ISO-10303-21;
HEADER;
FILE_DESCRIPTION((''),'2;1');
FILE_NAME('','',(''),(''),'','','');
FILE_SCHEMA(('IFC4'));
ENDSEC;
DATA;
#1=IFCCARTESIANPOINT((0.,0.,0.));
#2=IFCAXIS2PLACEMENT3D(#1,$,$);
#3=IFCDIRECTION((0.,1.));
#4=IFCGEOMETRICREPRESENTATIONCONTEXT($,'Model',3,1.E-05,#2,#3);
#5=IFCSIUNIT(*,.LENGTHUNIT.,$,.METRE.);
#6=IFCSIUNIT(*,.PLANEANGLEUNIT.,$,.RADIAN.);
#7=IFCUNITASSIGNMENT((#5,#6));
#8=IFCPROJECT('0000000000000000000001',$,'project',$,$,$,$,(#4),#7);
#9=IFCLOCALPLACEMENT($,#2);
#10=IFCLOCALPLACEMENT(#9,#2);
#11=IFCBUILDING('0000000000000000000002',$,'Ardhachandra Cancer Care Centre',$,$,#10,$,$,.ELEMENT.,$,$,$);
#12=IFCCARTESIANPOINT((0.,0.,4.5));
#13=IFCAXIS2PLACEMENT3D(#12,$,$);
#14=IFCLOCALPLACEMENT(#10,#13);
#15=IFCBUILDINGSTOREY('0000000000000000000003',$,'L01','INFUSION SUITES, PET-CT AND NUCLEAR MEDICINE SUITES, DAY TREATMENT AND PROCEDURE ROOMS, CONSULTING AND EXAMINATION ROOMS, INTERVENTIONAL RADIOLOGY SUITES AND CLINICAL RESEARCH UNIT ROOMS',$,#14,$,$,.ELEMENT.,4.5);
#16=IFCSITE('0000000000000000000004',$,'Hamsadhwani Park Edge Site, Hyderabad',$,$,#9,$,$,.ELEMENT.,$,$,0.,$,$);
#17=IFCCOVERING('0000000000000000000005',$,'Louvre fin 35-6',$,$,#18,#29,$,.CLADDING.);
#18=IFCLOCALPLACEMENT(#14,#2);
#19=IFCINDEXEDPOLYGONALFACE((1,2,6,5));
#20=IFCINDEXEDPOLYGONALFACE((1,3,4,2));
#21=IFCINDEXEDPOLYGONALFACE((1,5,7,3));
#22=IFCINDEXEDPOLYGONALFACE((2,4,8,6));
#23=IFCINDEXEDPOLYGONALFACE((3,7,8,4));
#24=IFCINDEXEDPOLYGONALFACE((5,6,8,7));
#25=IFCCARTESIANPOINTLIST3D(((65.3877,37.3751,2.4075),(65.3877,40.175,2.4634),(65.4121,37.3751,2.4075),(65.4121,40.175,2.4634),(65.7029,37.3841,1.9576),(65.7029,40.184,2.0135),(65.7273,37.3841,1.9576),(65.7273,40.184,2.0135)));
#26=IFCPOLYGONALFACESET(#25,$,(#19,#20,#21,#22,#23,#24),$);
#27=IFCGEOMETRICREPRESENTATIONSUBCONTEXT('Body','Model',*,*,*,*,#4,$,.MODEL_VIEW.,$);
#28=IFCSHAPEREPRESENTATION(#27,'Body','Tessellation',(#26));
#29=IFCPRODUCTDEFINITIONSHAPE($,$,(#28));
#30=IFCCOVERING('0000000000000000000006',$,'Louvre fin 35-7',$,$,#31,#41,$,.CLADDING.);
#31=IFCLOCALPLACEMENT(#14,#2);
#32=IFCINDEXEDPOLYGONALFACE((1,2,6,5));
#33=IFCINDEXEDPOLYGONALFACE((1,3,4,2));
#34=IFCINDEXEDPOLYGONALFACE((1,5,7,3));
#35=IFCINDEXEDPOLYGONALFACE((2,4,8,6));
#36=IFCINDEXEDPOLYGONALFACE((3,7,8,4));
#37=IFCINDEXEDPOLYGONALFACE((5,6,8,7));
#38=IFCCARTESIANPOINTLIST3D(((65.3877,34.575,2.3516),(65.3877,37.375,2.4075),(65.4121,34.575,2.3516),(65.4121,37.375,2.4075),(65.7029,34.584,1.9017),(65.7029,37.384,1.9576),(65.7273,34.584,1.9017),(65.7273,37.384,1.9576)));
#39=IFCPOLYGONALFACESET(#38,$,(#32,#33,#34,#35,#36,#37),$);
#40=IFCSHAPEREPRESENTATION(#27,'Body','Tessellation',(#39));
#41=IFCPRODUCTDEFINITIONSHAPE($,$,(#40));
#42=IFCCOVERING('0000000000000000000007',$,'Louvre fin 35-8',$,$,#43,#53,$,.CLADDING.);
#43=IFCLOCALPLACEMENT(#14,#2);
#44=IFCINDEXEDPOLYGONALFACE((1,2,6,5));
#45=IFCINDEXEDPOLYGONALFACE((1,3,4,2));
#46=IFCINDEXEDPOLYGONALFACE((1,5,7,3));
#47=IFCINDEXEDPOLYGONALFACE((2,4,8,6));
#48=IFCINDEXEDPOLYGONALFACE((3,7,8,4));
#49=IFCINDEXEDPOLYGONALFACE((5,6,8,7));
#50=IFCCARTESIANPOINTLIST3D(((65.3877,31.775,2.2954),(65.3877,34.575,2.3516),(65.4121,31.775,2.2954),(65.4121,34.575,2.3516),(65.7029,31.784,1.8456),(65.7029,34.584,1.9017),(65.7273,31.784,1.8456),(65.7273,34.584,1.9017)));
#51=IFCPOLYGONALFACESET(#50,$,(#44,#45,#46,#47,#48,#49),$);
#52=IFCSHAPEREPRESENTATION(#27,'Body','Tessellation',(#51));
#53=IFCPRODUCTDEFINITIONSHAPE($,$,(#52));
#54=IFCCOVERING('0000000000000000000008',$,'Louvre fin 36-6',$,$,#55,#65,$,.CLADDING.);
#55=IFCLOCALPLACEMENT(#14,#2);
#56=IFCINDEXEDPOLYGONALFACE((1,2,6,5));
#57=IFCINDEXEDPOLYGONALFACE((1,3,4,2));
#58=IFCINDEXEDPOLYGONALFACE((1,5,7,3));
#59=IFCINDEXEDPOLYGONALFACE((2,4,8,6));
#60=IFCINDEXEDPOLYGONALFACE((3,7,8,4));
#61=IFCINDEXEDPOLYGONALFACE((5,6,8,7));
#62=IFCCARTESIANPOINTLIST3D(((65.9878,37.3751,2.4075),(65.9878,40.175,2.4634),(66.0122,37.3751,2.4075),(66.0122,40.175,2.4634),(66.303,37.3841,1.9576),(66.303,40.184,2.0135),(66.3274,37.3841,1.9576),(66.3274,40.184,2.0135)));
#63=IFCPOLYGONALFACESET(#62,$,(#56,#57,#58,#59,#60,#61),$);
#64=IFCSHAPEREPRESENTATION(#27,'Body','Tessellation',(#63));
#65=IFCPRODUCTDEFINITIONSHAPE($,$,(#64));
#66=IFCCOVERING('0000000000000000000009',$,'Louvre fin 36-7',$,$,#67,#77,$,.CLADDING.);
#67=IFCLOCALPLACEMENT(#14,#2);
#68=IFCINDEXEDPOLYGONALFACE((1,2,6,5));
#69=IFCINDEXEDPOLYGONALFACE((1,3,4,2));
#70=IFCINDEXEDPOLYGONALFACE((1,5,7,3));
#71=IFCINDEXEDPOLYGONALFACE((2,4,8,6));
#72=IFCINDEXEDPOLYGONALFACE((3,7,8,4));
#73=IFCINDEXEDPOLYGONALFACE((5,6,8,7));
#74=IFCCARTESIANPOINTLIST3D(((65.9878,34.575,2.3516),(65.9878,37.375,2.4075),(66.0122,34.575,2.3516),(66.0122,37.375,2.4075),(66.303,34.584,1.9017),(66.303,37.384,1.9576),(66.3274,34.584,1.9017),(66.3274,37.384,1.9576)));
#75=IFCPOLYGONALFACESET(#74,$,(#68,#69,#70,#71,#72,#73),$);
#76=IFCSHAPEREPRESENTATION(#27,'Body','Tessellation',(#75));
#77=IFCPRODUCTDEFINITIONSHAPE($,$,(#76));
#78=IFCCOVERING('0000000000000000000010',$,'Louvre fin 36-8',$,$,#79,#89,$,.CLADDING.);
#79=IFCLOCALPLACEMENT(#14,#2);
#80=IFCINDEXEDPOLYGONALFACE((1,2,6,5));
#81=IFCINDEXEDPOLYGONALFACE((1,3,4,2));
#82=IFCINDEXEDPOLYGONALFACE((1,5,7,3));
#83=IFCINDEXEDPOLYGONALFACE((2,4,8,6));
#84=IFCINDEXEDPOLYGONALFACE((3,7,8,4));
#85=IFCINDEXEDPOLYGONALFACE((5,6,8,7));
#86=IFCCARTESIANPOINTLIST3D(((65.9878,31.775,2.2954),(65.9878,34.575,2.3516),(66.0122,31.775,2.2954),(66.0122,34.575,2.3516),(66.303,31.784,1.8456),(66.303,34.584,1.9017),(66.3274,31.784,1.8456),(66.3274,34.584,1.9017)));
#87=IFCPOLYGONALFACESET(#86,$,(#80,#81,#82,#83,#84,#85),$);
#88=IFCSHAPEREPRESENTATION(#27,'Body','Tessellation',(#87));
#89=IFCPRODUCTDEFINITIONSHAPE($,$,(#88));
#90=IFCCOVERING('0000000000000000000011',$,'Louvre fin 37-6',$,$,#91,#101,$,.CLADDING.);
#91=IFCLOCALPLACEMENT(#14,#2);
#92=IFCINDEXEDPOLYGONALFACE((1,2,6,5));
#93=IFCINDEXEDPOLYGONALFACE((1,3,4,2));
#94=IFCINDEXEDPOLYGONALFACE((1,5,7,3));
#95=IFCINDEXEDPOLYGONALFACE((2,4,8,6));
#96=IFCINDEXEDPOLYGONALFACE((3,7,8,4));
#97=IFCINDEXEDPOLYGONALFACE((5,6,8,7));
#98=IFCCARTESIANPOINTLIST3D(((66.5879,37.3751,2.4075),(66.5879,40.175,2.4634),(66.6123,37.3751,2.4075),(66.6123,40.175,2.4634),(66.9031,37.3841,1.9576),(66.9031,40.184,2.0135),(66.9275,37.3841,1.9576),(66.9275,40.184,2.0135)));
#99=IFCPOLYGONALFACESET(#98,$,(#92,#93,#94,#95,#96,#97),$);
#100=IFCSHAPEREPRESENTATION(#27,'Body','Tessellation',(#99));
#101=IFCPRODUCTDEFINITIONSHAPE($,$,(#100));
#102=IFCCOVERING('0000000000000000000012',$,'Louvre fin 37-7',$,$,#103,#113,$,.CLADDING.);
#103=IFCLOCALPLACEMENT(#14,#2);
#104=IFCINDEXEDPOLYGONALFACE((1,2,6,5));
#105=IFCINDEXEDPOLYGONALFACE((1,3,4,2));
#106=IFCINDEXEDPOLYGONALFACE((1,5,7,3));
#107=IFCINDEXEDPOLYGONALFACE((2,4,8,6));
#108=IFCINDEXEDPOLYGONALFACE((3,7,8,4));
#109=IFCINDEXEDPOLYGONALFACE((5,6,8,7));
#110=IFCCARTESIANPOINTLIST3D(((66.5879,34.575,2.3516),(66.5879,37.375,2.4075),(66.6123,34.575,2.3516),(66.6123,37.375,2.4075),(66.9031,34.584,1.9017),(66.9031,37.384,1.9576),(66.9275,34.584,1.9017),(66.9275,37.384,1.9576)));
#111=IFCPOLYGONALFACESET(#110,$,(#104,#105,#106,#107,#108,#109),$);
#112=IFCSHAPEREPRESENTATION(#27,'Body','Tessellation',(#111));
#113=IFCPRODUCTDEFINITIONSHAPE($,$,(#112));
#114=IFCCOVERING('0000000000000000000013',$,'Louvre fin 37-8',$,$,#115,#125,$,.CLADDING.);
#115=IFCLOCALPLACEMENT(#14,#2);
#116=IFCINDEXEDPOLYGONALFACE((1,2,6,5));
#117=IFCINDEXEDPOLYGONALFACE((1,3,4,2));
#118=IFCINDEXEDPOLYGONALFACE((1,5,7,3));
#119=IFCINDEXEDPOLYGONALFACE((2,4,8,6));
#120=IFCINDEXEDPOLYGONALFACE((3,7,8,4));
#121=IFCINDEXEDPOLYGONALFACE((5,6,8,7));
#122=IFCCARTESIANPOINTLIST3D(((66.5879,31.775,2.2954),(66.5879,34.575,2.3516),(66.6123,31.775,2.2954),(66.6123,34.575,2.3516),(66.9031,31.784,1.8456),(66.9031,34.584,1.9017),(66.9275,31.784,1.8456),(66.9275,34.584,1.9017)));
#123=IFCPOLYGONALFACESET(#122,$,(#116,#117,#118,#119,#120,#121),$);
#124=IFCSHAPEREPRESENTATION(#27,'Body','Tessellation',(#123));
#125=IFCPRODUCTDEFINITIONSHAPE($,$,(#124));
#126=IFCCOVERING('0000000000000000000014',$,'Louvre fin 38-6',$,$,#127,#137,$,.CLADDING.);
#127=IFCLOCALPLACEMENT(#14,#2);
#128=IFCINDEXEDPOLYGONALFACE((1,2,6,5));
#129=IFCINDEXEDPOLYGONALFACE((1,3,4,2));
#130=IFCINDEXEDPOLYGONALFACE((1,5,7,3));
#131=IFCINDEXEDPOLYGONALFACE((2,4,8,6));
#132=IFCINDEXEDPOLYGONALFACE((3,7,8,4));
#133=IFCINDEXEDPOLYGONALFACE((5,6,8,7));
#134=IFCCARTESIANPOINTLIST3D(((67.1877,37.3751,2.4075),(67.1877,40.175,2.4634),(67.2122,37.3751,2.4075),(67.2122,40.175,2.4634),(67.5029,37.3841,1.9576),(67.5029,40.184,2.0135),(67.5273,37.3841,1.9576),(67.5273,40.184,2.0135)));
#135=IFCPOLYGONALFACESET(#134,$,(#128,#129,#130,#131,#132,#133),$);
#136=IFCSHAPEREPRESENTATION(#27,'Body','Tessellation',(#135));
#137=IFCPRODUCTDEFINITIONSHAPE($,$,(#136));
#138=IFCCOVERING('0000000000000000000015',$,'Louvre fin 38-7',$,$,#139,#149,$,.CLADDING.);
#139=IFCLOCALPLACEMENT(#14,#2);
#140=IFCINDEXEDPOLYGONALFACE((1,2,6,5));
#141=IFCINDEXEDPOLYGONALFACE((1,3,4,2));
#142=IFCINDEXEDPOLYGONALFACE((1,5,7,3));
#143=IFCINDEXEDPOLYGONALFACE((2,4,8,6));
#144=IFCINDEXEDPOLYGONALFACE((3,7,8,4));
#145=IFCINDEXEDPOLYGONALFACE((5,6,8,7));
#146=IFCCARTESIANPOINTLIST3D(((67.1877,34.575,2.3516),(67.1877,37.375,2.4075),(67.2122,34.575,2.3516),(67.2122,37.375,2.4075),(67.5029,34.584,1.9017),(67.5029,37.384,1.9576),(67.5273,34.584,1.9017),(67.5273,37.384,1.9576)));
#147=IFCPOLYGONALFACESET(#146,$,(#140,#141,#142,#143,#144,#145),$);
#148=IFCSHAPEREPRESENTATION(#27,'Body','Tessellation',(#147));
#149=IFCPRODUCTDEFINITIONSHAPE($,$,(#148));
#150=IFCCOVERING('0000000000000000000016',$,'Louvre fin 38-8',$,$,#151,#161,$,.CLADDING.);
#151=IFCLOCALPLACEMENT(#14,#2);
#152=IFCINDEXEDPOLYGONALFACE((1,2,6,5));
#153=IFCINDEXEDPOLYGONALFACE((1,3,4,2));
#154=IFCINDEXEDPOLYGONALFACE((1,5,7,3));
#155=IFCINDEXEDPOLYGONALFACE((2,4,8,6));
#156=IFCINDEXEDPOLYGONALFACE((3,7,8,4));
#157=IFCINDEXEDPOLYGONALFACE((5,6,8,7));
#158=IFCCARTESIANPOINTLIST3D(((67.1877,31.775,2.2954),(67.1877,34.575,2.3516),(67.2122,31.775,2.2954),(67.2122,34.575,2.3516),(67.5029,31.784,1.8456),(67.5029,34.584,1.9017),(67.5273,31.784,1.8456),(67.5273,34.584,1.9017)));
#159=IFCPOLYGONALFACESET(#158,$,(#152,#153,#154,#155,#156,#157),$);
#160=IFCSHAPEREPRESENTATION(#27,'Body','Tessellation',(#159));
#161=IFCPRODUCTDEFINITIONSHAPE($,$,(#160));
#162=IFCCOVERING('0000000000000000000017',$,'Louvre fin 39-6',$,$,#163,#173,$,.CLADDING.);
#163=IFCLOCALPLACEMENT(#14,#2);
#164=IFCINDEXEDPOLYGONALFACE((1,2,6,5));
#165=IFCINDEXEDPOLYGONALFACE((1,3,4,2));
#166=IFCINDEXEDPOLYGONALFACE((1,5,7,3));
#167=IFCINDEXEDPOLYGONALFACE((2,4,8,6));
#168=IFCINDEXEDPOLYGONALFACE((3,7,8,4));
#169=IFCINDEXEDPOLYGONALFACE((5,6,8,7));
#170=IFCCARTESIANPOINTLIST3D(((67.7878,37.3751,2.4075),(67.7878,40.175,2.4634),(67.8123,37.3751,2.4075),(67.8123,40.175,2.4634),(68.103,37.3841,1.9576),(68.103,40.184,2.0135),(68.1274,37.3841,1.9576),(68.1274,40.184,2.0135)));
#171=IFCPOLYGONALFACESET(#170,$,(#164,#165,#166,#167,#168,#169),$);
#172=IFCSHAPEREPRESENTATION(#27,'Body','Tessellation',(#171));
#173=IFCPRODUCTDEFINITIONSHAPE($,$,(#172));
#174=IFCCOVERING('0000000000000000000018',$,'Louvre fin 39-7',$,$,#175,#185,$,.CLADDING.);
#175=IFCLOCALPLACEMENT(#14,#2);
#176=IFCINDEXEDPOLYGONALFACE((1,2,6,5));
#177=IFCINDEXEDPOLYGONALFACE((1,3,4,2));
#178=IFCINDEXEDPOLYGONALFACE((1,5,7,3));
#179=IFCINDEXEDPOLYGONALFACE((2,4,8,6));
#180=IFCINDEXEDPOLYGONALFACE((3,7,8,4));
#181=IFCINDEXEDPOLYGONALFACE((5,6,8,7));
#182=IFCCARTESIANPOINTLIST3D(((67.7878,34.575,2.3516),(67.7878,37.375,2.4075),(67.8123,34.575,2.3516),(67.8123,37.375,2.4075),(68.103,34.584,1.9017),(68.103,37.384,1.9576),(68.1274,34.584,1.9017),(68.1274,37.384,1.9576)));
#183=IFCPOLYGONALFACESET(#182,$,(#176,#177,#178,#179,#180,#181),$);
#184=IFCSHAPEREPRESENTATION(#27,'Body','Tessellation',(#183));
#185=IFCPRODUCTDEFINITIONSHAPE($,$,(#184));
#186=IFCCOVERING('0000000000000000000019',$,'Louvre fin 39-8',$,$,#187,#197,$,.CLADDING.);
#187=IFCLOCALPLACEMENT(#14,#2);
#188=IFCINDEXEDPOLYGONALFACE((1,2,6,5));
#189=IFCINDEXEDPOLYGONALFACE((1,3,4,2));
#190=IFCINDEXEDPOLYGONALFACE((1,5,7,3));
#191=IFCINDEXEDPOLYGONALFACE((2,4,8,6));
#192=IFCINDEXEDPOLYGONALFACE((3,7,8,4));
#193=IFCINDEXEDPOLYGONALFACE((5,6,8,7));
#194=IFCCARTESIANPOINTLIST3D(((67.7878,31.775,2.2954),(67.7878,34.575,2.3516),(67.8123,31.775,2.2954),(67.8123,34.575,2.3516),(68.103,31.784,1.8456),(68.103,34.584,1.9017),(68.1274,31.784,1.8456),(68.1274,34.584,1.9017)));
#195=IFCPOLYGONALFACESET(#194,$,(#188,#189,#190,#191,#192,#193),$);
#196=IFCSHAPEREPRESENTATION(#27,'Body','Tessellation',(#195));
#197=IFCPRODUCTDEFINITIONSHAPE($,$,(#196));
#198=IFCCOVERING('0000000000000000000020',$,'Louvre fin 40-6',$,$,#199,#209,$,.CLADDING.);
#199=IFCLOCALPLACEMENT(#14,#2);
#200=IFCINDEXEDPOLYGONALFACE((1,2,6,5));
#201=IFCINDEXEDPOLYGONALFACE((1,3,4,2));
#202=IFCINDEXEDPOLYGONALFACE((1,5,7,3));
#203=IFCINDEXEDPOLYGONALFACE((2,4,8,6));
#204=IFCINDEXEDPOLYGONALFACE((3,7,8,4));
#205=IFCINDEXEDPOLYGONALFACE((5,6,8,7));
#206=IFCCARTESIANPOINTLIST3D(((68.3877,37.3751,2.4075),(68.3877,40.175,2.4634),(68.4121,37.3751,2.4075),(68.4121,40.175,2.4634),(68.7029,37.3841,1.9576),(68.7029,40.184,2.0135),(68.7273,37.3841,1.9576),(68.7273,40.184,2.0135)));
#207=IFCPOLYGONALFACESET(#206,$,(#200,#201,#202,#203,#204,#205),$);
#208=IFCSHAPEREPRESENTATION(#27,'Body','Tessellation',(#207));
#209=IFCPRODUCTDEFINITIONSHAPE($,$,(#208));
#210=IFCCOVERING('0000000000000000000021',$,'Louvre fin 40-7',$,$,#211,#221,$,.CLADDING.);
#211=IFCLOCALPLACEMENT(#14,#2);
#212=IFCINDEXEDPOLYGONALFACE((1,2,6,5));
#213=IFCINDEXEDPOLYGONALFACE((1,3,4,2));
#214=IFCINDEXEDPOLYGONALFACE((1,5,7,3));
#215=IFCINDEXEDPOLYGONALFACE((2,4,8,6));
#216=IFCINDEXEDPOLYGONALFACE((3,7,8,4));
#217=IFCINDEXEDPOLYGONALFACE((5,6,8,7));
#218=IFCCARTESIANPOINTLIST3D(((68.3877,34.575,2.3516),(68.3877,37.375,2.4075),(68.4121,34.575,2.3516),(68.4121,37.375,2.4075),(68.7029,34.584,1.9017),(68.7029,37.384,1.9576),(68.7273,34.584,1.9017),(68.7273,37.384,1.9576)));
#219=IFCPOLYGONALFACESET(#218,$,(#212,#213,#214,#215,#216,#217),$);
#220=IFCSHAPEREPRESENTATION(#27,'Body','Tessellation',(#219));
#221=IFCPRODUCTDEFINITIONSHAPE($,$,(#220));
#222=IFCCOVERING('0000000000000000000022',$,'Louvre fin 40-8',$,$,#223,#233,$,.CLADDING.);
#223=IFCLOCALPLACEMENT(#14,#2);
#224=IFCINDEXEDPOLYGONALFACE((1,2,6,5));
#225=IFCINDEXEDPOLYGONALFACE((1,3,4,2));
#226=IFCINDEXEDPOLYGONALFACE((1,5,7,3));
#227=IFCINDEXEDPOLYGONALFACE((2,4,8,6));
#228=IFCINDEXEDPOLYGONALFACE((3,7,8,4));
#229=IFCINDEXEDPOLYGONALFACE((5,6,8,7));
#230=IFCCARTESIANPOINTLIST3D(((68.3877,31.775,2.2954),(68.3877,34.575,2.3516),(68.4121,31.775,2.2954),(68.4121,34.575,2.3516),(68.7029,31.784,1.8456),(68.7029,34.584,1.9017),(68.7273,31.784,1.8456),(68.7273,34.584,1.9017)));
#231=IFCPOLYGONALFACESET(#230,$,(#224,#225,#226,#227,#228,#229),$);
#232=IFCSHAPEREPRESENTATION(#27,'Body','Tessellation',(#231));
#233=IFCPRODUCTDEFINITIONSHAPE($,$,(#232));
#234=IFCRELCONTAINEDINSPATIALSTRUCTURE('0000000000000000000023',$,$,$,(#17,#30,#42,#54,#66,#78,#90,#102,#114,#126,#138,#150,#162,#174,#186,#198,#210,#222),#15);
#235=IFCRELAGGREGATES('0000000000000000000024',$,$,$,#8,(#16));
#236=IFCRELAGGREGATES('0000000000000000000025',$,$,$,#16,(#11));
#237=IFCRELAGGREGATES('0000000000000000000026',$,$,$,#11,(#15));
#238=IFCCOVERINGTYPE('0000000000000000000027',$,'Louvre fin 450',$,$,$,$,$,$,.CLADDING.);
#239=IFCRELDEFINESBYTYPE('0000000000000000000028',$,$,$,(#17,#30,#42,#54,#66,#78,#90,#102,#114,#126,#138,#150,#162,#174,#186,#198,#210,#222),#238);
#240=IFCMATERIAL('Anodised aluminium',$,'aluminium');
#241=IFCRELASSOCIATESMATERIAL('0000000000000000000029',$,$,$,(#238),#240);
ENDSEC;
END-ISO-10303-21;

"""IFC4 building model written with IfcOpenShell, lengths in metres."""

from ifc_helpers import new_model, si_unit, direction, frame, origin, place, context, subcontext, project, spatial, polyline, outline, extrude, material, material_profile, profile_set, type_object, element, save


model = new_model("IFC4")

# Units and contexts
model_context = context("Model", 3, precision=1e-05, world=origin(), true_north=direction((0.0, 1.0)))
body_context = subcontext(model_context, "Body", "Model", "MODEL_VIEW")
ifc_project = project(units=[si_unit("LENGTHUNIT", "METRE"), si_unit("PLANEANGLEUNIT", "RADIAN")], contexts=[model_context])

# Site, building, storey
site_placement = place(None, origin())
site = spatial("IfcSite", under=ifc_project, at=site_placement, Name="Hamsadhwani Park Edge Site, Hyderabad", CompositionType="ELEMENT", RefElevation=0.0)
building_placement = place(site_placement, origin())
building = spatial("IfcBuilding", under=site, at=building_placement, Name="Ardhachandra Cancer Care Centre", CompositionType="ELEMENT")
storey_placement = place(building_placement, frame((0.0, 0.0, 4.5)))
storey = spatial("IfcBuildingStorey", under=building, at=storey_placement, Name="L01", Description="INFUSION SUITES, PET-CT AND NUCLEAR MEDICINE SUITES, DAY TREATMENT AND PROCEDURE ROOMS, CONSULTING AND EXAMINATION ROOMS, INTERVENTIONAL RADIOLOGY SUITES AND CLINICAL RESEARCH UNIT ROOMS", CompositionType="ELEMENT", Elevation=4.5)

# Coverings
ifc_material_1 = material(Name="Anodised aluminium", Category="aluminium")
ifc_material_profile = material_profile(ifc_material_1, outline(polyline([(-0.0122, 0.0), (0.0122, 0.0), (0.3274, -0.45), (0.303, -0.45), (-0.0122, 0.0)])), Name="Louvre fin 450")
ifc_profile_set = profile_set([ifc_material_profile], Name="Anodised aluminium")
covering_type = type_object("IfcCoveringType", Name="Louvre fin 450", PredefinedType="CLADDING", material=ifc_profile_set)
for number, where, z_axis, x_axis, name in (
    (1, (65.3999, 40.175, 2.4634), (0.0, -0.999801, -0.019963), (1.0, 0.0, 0.0), "Louvre fin 35-6"),
    (2, (65.3999, 37.375, 2.4075), (0.0, -0.999801, -0.019963), (1.0, 0.0, 0.0), "Louvre fin 35-7"),
    (3, (65.3999, 34.575, 2.3516), (0.0, -0.999799, -0.02005), (1.0, 0.0, 0.0), "Louvre fin 35-8"),
    (4, (66.0, 40.175, 2.4634), (0.0, -0.999801, -0.019963), (1.0, 0.0, 0.0), "Louvre fin 36-6"),
    (5, (66.0, 37.375, 2.4075), (0.0, -0.999801, -0.019963), (1.0, 0.0, 0.0), "Louvre fin 36-7"),
    (6, (66.0, 34.575, 2.3516), (0.0, -0.999799, -0.02005), (1.0, 0.0, 0.0), "Louvre fin 36-8"),
    (7, (66.6001, 40.175, 2.4634), (0.0, -0.999801, -0.019963), (1.0, 0.0, 0.0), "Louvre fin 37-6"),
    (8, (66.6001, 37.375, 2.4075), (0.0, -0.999801, -0.019963), (1.0, 0.0, 0.0), "Louvre fin 37-7"),
    (9, (66.6001, 34.575, 2.3516), (0.0, -0.999799, -0.02005), (1.0, 0.0, 0.0), "Louvre fin 37-8"),
    (10, (67.2, 40.175, 2.4634), (0.0, -0.999801, -0.019963), (1.0, 0.0, 0.0), "Louvre fin 38-6"),
    (11, (67.2, 37.375, 2.4075), (0.0, -0.999801, -0.019963), (1.0, 0.0, 0.0), "Louvre fin 38-7"),
    (12, (67.2, 34.575, 2.3516), (0.0, -0.999799, -0.02005), (1.0, 0.0, 0.0), "Louvre fin 38-8"),
    (13, (67.8, 40.175, 2.4634), (0.0, -0.999801, -0.019963), (1.0, 0.0, 0.0), "Louvre fin 39-6"),
    (14, (67.8, 37.375, 2.4075), (0.0, -0.999801, -0.019963), (1.0, 0.0, 0.0), "Louvre fin 39-7"),
    (15, (67.8, 34.575, 2.3516), (0.0, -0.999799, -0.02005), (1.0, 0.0, 0.0), "Louvre fin 39-8"),
    (16, (68.3999, 40.175, 2.4634), (0.0, -0.999801, -0.019963), (1.0, 0.0, 0.0), "Louvre fin 40-6"),
    (17, (68.3999, 37.375, 2.4075), (0.0, -0.999801, -0.019963), (1.0, 0.0, 0.0), "Louvre fin 40-7"),
    (18, (68.3999, 34.575, 2.3516), (0.0, -0.999799, -0.02005), (1.0, 0.0, 0.0), "Louvre fin 40-8"),
):
    element("IfcCovering", number, at=place(storey_placement, frame(where, z_axis=z_axis, x_axis=x_axis)), inside=storey, type_object=covering_type, Name=name, PredefinedType="CLADDING", context=body_context, shape_type="SweptSolid", body=[
        extrude(outline(polyline([(-0.0122, 0.0), (0.0122, 0.0), (0.3274, -0.45), (0.303, -0.45), (-0.0122, 0.0)])), origin(), (0.0, 0.0, 1.0), 2.8005),
    ])

save(model, "model.ifc")
